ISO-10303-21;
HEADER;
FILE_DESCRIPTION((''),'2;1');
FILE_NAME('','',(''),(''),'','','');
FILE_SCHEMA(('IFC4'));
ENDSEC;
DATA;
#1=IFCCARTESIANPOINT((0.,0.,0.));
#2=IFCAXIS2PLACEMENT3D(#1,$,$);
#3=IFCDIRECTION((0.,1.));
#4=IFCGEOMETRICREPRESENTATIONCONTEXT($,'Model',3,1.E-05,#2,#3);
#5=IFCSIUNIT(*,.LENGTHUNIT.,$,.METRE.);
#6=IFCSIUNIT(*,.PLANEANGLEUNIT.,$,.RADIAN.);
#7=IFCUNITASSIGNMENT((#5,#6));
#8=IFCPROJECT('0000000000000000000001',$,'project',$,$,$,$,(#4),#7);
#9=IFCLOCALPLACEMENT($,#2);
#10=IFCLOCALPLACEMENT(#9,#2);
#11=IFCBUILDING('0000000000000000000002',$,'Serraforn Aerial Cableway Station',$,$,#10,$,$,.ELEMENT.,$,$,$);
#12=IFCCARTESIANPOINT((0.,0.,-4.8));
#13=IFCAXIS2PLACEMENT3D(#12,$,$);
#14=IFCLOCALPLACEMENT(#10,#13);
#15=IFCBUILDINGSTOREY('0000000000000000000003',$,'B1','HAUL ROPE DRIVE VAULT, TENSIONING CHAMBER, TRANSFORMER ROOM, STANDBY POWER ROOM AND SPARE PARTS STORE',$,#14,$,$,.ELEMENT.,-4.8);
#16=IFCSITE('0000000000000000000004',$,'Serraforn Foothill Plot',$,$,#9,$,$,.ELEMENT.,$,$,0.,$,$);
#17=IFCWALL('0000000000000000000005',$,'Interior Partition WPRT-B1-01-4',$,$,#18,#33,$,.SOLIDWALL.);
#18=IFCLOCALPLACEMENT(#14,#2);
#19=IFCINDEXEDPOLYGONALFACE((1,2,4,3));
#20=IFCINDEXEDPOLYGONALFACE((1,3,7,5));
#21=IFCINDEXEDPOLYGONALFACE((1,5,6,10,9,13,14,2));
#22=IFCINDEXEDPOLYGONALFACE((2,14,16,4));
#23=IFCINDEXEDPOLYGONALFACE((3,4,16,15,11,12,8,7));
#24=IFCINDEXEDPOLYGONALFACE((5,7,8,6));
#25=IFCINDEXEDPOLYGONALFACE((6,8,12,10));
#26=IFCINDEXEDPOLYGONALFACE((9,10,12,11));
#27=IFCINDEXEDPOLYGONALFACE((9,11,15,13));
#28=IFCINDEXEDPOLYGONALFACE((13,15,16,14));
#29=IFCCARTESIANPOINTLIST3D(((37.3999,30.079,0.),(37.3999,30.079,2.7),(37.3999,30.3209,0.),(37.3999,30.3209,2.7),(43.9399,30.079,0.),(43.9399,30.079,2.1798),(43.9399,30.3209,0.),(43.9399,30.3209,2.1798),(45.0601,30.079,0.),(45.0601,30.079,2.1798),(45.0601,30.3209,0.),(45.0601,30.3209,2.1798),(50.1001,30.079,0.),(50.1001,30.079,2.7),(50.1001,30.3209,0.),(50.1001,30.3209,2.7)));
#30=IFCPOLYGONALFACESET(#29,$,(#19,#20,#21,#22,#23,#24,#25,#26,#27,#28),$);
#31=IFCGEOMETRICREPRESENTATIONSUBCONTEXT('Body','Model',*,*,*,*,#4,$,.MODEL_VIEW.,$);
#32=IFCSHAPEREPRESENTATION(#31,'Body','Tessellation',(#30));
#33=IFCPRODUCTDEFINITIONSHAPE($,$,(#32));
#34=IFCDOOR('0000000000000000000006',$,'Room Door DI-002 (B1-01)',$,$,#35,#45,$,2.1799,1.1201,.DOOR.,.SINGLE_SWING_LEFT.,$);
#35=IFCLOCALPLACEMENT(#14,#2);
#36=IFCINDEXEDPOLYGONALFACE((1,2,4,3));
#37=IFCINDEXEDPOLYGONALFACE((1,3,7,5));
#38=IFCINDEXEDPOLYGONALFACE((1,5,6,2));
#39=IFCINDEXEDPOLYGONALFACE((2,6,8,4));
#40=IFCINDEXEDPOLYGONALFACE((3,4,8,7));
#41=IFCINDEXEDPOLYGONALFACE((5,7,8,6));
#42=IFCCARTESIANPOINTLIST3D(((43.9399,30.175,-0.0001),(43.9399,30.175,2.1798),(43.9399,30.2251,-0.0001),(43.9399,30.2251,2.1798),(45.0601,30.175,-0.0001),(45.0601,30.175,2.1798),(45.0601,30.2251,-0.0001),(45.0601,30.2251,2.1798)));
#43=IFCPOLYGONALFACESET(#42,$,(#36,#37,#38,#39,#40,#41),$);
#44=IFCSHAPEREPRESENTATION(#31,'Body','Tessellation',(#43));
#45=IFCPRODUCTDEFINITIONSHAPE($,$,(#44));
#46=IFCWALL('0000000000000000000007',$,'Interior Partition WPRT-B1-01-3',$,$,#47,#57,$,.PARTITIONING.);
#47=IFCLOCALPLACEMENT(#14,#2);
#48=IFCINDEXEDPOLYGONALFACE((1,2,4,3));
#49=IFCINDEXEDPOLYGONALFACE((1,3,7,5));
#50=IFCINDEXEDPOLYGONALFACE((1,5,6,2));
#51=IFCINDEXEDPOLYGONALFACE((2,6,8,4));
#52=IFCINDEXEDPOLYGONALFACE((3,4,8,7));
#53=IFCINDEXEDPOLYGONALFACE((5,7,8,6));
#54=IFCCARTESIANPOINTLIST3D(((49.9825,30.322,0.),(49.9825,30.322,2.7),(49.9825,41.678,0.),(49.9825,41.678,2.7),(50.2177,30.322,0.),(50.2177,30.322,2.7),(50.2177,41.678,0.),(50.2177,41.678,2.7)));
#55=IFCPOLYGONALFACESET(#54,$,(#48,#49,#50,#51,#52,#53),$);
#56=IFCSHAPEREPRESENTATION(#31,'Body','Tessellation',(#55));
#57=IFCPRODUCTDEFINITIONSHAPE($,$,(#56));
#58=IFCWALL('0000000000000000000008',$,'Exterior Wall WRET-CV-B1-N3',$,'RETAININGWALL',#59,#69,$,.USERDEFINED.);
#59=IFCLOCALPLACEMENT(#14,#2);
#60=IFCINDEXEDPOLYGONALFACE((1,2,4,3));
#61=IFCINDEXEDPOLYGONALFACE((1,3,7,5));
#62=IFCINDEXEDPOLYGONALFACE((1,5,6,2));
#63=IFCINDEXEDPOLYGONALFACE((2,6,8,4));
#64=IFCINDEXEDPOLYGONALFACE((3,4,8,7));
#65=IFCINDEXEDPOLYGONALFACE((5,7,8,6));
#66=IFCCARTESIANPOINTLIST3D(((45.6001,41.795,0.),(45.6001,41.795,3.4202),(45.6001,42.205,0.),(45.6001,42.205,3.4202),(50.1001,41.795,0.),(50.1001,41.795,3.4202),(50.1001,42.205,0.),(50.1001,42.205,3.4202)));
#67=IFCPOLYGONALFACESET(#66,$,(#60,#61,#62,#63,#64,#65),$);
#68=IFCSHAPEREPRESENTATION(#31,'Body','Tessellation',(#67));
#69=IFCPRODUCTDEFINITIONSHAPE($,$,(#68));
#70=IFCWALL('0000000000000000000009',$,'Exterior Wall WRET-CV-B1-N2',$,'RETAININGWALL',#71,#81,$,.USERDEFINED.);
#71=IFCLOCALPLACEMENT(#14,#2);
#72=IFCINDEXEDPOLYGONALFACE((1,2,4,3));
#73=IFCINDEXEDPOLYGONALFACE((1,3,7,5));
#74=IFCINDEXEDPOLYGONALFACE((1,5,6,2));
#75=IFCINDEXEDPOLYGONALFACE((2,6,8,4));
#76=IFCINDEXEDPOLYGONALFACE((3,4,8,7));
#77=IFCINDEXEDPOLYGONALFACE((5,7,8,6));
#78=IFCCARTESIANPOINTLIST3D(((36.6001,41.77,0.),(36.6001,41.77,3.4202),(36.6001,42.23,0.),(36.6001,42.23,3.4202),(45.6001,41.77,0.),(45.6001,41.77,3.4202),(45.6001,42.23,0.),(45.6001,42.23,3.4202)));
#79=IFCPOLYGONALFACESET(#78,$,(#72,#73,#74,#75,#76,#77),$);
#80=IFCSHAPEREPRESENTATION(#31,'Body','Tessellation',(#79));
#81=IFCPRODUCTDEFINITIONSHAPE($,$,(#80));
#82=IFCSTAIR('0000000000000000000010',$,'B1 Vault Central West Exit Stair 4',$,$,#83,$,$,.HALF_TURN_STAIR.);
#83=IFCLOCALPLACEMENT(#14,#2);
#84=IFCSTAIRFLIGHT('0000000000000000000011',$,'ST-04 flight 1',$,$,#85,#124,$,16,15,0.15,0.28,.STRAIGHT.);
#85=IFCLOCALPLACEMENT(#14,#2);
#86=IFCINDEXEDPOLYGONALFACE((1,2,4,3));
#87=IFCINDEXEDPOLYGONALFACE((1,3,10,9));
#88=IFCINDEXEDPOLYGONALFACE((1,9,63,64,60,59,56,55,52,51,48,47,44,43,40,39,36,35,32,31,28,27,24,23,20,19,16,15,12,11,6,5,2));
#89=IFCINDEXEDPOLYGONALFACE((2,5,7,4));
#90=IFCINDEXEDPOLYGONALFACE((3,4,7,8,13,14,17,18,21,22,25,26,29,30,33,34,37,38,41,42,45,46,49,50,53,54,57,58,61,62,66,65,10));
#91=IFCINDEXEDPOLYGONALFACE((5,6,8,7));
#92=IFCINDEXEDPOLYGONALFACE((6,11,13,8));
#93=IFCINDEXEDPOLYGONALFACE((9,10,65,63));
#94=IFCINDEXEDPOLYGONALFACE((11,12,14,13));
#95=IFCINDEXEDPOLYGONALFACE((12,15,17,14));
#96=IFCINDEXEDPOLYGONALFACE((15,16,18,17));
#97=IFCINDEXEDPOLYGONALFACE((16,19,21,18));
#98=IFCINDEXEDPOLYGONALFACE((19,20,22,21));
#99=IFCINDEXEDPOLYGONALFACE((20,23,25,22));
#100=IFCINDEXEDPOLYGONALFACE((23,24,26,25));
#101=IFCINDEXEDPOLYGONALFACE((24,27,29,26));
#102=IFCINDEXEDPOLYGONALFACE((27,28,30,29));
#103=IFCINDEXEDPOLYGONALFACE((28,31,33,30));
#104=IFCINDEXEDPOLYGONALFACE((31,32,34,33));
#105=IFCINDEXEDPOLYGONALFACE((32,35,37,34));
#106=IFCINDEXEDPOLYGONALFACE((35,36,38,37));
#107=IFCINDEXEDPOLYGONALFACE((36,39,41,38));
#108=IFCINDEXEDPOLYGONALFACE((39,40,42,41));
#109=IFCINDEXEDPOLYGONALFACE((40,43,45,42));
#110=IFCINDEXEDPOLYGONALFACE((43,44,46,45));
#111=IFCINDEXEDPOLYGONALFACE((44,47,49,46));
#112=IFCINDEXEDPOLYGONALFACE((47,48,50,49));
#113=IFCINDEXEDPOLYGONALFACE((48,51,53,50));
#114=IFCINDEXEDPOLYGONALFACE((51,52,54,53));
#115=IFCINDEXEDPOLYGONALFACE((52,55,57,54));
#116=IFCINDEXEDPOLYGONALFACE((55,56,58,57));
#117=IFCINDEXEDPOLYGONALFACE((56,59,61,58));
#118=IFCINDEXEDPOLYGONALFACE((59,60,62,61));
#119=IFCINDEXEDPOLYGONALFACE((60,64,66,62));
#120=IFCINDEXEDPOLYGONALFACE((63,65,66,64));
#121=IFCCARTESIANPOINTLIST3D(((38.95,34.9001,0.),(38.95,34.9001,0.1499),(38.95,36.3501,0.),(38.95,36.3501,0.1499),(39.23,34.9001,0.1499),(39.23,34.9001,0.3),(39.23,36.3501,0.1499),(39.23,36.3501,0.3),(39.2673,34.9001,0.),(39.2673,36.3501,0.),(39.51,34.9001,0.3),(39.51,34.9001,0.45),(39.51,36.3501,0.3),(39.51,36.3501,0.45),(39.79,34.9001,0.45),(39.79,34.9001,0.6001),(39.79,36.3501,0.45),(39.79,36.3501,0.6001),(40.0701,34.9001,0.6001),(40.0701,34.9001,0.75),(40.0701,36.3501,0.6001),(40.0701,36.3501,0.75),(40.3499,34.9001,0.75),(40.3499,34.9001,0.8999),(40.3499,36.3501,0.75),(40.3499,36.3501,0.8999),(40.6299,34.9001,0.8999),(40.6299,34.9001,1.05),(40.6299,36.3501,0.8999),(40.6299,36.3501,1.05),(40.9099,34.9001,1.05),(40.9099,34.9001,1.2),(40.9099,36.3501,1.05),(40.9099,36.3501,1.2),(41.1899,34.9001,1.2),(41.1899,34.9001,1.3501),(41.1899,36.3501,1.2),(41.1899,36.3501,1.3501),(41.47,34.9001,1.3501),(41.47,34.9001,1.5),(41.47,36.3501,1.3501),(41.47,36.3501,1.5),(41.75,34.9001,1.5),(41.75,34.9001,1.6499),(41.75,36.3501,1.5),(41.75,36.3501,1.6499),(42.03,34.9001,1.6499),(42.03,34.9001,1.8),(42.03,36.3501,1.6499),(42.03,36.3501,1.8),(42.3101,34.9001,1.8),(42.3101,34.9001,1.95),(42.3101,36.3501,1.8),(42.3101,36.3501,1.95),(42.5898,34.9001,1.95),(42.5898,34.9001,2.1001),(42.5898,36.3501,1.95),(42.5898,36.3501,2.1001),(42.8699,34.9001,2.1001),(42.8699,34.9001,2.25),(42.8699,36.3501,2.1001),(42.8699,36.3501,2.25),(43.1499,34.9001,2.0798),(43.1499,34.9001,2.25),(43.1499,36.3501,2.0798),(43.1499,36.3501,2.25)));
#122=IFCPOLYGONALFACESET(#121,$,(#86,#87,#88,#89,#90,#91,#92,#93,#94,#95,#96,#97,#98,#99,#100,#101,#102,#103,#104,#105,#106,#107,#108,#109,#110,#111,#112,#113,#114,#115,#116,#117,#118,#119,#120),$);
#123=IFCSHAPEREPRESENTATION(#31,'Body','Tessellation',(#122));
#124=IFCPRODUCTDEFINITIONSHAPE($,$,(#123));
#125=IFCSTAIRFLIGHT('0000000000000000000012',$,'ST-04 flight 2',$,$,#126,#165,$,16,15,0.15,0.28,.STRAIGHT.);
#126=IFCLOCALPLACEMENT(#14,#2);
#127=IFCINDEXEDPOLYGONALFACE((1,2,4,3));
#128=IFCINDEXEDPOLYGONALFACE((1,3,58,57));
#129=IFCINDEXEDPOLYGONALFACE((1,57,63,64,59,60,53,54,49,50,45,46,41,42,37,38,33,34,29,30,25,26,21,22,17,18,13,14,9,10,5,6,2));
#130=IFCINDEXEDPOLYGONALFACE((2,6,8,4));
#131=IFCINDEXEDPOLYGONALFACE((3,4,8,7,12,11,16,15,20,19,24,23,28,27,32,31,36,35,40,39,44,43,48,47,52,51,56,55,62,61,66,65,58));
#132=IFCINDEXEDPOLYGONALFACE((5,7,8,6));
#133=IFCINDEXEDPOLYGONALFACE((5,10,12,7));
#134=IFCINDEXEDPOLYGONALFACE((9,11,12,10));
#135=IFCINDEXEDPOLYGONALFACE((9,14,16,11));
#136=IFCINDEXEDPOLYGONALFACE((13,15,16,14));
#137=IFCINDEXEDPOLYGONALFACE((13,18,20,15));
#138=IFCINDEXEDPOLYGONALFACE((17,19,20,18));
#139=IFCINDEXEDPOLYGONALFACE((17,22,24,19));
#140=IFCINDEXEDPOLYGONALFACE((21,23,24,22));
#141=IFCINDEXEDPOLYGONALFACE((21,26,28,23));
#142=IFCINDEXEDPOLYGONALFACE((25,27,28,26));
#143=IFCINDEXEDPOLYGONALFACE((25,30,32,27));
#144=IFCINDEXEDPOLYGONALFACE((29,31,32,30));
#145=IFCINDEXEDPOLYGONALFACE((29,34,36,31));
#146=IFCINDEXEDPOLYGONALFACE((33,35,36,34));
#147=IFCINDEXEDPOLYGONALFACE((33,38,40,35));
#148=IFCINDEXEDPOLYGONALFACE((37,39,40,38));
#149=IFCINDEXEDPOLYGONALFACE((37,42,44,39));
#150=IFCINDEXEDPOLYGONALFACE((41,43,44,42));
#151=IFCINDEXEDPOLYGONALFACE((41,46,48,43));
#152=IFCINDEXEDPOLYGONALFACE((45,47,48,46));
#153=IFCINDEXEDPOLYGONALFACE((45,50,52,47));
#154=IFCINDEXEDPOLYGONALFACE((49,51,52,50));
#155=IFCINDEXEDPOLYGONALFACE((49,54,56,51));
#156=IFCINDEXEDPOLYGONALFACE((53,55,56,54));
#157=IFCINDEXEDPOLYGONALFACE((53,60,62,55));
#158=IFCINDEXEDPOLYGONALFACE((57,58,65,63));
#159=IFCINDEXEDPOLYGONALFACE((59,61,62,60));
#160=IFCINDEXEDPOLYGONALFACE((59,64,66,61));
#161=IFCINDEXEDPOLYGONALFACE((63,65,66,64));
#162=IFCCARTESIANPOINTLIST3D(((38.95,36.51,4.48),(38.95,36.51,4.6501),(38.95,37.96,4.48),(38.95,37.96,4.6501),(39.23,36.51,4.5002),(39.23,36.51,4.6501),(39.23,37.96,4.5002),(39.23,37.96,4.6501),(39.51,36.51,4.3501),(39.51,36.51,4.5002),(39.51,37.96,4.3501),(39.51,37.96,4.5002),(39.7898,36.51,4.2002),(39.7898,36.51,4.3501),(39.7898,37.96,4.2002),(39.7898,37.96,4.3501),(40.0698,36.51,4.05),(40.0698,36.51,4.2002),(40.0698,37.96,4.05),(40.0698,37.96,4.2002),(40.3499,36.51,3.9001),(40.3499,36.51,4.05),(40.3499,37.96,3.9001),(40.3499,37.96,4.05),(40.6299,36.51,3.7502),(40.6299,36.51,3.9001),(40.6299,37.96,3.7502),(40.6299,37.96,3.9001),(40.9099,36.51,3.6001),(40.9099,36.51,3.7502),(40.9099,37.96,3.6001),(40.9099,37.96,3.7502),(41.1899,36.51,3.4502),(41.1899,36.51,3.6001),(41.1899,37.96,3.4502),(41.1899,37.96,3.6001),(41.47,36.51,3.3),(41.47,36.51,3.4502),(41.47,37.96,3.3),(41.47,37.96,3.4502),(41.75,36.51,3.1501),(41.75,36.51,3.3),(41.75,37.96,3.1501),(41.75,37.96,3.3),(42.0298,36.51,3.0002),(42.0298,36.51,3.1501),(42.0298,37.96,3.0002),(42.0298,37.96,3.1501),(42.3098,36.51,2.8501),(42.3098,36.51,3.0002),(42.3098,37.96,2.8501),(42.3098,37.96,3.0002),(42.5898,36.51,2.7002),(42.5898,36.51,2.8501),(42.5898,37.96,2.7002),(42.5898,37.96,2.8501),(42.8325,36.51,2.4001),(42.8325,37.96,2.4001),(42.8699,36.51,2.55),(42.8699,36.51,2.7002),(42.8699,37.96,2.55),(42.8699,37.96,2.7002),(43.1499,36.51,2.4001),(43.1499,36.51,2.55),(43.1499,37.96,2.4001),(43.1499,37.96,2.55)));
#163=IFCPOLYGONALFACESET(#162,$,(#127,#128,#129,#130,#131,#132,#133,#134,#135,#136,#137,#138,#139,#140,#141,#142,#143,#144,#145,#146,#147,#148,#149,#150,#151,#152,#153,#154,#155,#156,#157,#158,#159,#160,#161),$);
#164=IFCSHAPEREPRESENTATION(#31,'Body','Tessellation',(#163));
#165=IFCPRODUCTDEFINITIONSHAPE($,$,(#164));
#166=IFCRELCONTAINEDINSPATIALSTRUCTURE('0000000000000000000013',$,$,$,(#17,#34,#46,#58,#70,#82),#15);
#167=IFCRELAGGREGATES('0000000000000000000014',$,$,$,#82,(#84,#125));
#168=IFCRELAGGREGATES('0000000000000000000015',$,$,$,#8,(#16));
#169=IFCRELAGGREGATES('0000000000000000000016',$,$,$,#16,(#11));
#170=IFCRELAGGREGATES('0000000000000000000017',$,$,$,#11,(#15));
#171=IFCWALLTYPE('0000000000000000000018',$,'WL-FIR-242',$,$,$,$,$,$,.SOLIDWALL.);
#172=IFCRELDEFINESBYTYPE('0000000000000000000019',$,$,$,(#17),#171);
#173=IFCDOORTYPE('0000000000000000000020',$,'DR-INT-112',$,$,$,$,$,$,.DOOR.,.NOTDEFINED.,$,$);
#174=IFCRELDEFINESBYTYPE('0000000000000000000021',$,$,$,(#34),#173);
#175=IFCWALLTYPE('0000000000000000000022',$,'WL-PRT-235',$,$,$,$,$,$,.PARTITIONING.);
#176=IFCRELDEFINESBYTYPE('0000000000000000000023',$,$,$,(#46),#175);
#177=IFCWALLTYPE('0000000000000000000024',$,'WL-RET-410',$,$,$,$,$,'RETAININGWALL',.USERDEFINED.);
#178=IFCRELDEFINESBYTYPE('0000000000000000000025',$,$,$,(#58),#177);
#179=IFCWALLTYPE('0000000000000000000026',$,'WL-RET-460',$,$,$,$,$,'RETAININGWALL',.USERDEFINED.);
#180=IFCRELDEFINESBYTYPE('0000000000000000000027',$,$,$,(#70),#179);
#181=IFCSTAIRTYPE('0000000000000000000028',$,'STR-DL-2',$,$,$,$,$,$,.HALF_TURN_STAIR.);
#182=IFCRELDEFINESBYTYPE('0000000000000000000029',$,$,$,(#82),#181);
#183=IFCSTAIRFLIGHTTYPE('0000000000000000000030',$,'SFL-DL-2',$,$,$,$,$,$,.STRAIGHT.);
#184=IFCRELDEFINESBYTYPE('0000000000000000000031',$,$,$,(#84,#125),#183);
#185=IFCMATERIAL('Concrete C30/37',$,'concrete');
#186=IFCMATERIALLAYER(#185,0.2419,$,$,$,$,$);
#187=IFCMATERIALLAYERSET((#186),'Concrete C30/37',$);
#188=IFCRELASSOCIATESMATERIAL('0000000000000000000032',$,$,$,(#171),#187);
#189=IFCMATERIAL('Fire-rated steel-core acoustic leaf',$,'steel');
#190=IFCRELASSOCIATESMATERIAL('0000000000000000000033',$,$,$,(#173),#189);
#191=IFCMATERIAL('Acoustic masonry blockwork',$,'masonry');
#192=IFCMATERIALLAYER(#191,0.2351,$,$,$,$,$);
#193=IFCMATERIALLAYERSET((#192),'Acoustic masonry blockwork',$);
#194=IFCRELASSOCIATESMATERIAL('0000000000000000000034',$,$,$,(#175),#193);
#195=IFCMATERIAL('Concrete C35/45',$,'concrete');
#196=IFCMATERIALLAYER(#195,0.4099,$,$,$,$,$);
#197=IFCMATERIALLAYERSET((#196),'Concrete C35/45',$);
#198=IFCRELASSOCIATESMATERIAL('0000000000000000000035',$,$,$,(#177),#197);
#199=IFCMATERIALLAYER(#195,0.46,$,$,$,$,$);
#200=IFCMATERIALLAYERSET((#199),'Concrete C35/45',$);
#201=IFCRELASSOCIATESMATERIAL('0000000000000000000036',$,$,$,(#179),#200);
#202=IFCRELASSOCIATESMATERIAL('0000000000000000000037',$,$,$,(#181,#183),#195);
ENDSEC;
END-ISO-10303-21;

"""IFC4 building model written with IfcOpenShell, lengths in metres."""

from ifc_helpers import new_model, si_unit, direction, frame, frame_2d, origin, place, context, subcontext, project, spatial, polyline, rectangle, outline, extrude, material, layer, layer_set, type_object, element, fill, aggregate, save


model = new_model("IFC4")

# Units and contexts
model_context = context("Model", 3, precision=1e-05, world=origin(), true_north=direction((0.0, 1.0)))
body_context = subcontext(model_context, "Body", "Model", "MODEL_VIEW")
ifc_project = project(units=[si_unit("LENGTHUNIT", "METRE"), si_unit("PLANEANGLEUNIT", "RADIAN")], contexts=[model_context])

# Site, building, storey
site_placement = place(None, origin())
site = spatial("IfcSite", under=ifc_project, at=site_placement, Name="Serraforn Foothill Plot", CompositionType="ELEMENT", RefElevation=0.0)
building_placement = place(site_placement, origin())
building = spatial("IfcBuilding", under=site, at=building_placement, Name="Serraforn Aerial Cableway Station", CompositionType="ELEMENT")
storey_placement = place(building_placement, frame((0.0, 0.0, -4.8)))
storey = spatial("IfcBuildingStorey", under=building, at=storey_placement, Name="B1", Description="HAUL ROPE DRIVE VAULT, TENSIONING CHAMBER, TRANSFORMER ROOM, STANDBY POWER ROOM AND SPARE PARTS STORE", CompositionType="ELEMENT", Elevation=-4.8)

# Shared definitions
ifc_material_1 = material(Name="Concrete C35/45", Category="concrete")

# Wall, opening, door
ifc_material_2 = material(Name="Concrete C30/37", Category="concrete")
ifc_layer_1 = layer(ifc_material_2, 0.2419)
ifc_layer_set_1 = layer_set([ifc_layer_1], Name="Concrete C30/37")
wall_type_1 = type_object("IfcWallType", Name="WL-FIR-242", PredefinedType="SOLIDWALL", material=ifc_layer_set_1)
wall_1_placement = place(storey_placement, frame((50.1001, 30.2, 0.0), z_axis=(0.0, 0.0, 1.0), x_axis=(-1.0, 0.0, 0.0)))
wall_1 = element("IfcWall", 1, at=wall_1_placement, inside=storey, type_object=wall_type_1, Name="Interior Partition WPRT-B1-01-4", PredefinedType="SOLIDWALL", context=body_context, shape_type="SweptSolid", body=[
    extrude(rectangle(XDim=12.7002, YDim=0.2419, at=frame_2d((6.3501, 0.0))), origin(), (0.0, 0.0, 1.0), 2.7),
])
opening_placement = place(wall_1_placement, frame((5.04, 0.0, 0.0)))
opening = element("IfcOpeningElement", 2, at=opening_placement, cuts=wall_1, PredefinedType="OPENING", context=body_context, shape_type="SweptSolid", body=[
    extrude(rectangle(XDim=1.1201, YDim=2.1799, at=frame_2d((0.5601, 1.0898))), frame((0.0, 0.1309, 0.0), z_axis=(0.0, -1.0, 0.0), x_axis=(1.0, 0.0, 0.0)), (0.0, 0.0, 1.0), 0.262),
])
ifc_material_3 = material(Name="Fire-rated steel-core acoustic leaf", Category="steel")
door_type = type_object("IfcDoorType", Name="DR-INT-112", OperationType="NOTDEFINED", PredefinedType="DOOR", material=ifc_material_3)
door_placement = place(opening_placement, origin())
door = element("IfcDoor", 3, at=door_placement, inside=storey, type_object=door_type, Name="Room Door DI-002 (B1-01)", OperationType="SINGLE_SWING_LEFT", OverallHeight=2.1799, OverallWidth=1.1201, PredefinedType="DOOR", context=body_context, shape_type="SweptSolid", body=[
    extrude(rectangle(XDim=1.1201, YDim=2.1799, at=frame_2d((0.5601, 1.0898))), frame((0.0, 0.0249, 0.0), z_axis=(0.0, -1.0, 0.0), x_axis=(1.0, 0.0, 0.0)), (0.0, 0.0, 1.0), 0.05),
])
fill(opening, door)

# Walls
ifc_material_4 = material(Name="Acoustic masonry blockwork", Category="masonry")
ifc_layer_2 = layer(ifc_material_4, 0.2351)
ifc_layer_set_2 = layer_set([ifc_layer_2], Name="Acoustic masonry blockwork")
wall_type_2 = type_object("IfcWallType", Name="WL-PRT-235", PredefinedType="PARTITIONING", material=ifc_layer_set_2)
wall_2_placement = place(storey_placement, frame((50.1001, 41.678, 0.0), z_axis=(0.0, 0.0, 1.0), x_axis=(0.0, -1.0, 0.0)))
element("IfcWall", 4, at=wall_2_placement, inside=storey, type_object=wall_type_2, Name="Interior Partition WPRT-B1-01-3", PredefinedType="PARTITIONING", context=body_context, shape_type="SweptSolid", body=[
    extrude(rectangle(XDim=11.356, YDim=0.2351, at=frame_2d((5.678, 0.0))), origin(), (0.0, 0.0, 1.0), 2.7),
])
ifc_layer_3 = layer(ifc_material_1, 0.4099)
ifc_layer_set_3 = layer_set([ifc_layer_3], Name="Concrete C35/45")
wall_type_3 = type_object("IfcWallType", Name="WL-RET-410", ElementType="RETAININGWALL", PredefinedType="USERDEFINED", material=ifc_layer_set_3)
wall_3_placement = place(storey_placement, frame((50.1001, 42.0, 0.0), z_axis=(0.0, 0.0, 1.0), x_axis=(-1.0, 0.0, 0.0)))
element("IfcWall", 5, at=wall_3_placement, inside=storey, type_object=wall_type_3, Name="Exterior Wall WRET-CV-B1-N3", ObjectType="RETAININGWALL", PredefinedType="USERDEFINED", context=body_context, shape_type="SweptSolid", body=[
    extrude(rectangle(XDim=4.5, YDim=0.4099, at=frame_2d((2.25, 0.0))), origin(), (0.0, 0.0, 1.0), 3.4202),
])
ifc_layer_4 = layer(ifc_material_1, 0.46)
ifc_layer_set_4 = layer_set([ifc_layer_4], Name="Concrete C35/45")
wall_type_4 = type_object("IfcWallType", Name="WL-RET-460", ElementType="RETAININGWALL", PredefinedType="USERDEFINED", material=ifc_layer_set_4)
wall_4_placement = place(storey_placement, frame((45.6001, 42.0, 0.0), z_axis=(0.0, 0.0, 1.0), x_axis=(-1.0, 0.0, 0.0)))
element("IfcWall", 6, at=wall_4_placement, inside=storey, type_object=wall_type_4, Name="Exterior Wall WRET-CV-B1-N2", ObjectType="RETAININGWALL", PredefinedType="USERDEFINED", context=body_context, shape_type="SweptSolid", body=[
    extrude(rectangle(XDim=9.0, YDim=0.46, at=frame_2d((4.5, 0.0))), origin(), (0.0, 0.0, 1.0), 3.4202),
])

# Stair, stair flights
stair_type = type_object("IfcStairType", Name="STR-DL-2", PredefinedType="HALF_TURN_STAIR", material=ifc_material_1)
stair_placement = place(storey_placement, origin())
stair = element("IfcStair", 7, at=stair_placement, inside=storey, type_object=stair_type, Name="B1 Vault Central West Exit Stair 4", PredefinedType="HALF_TURN_STAIR")
stair_flight_type = type_object("IfcStairFlightType", Name="SFL-DL-2", PredefinedType="STRAIGHT", material=ifc_material_1)
stair_flight_1_placement = place(storey_placement, frame((38.95, 35.625, 0.0), z_axis=(0.0, 0.0, 1.0), x_axis=(1.0, 0.0, 0.0)))
stair_flight_1 = element("IfcStairFlight", 8, at=stair_flight_1_placement, type_object=stair_flight_type, Name="ST-04 flight 1", NumberOfRisers=16, NumberOfTreads=15, PredefinedType="STRAIGHT", RiserHeight=0.15, TreadLength=0.28, context=body_context, shape_type="SweptSolid", body=[
    extrude(outline(polyline([(0.0, 0.0), (0.0, 0.1499), (0.28, 0.1499), (0.28, 0.3), (0.5601, 0.3), (0.5601, 0.45), (0.8401, 0.45), (0.8401, 0.6001), (1.1201, 0.6001), (1.1201, 0.75), (1.3999, 0.75), (1.3999, 0.8999), (1.6799, 0.8999), (1.6799, 1.05), (1.96, 1.05), (1.96, 1.2), (2.24, 1.2), (2.24, 1.3501), (2.52, 1.3501), (2.52, 1.5), (2.8, 1.5), (2.8, 1.6499), (3.0801, 1.6499), (3.0801, 1.8), (3.3601, 1.8), (3.3601, 1.95), (3.6399, 1.95), (3.6399, 2.1001), (3.9199, 2.1001), (3.9199, 2.25), (4.2, 2.25), (4.2, 2.3999), (4.2, 2.0798), (0.3174, 0.0), (0.0, 0.0)])), frame((0.0, 0.7251, 0.0), z_axis=(0.0, -1.0, 0.0), x_axis=(1.0, 0.0, 0.0)), (0.0, 0.0, 1.0), 1.45),
])
stair_flight_2_placement = place(storey_placement, frame((43.1499, 37.2351, 2.4001), z_axis=(0.0, 0.0, 1.0), x_axis=(-1.0, 0.0, 0.0)))
stair_flight_2 = element("IfcStairFlight", 9, at=stair_flight_2_placement, type_object=stair_flight_type, Name="ST-04 flight 2", NumberOfRisers=16, NumberOfTreads=15, PredefinedType="STRAIGHT", RiserHeight=0.15, TreadLength=0.28, context=body_context, shape_type="SweptSolid", body=[
    extrude(outline(polyline([(0.0, 0.0), (0.0, 0.1499), (0.28, 0.1499), (0.28, 0.3), (0.5601, 0.3), (0.5601, 0.45), (0.8401, 0.45), (0.8401, 0.6001), (1.1201, 0.6001), (1.1201, 0.75), (1.3999, 0.75), (1.3999, 0.8999), (1.6799, 0.8999), (1.6799, 1.05), (1.96, 1.05), (1.96, 1.2), (2.24, 1.2), (2.24, 1.3501), (2.52, 1.3501), (2.52, 1.5), (2.8, 1.5), (2.8, 1.6499), (3.0801, 1.6499), (3.0801, 1.8), (3.3601, 1.8), (3.3601, 1.95), (3.6399, 1.95), (3.6399, 2.1001), (3.9199, 2.1001), (3.9199, 2.25), (4.2, 2.25), (4.2, 2.3999), (4.2, 2.0798), (0.3174, 0.0), (0.0, 0.0)])), frame((0.0, 0.7251, 0.0), z_axis=(0.0, -1.0, 0.0), x_axis=(1.0, 0.0, 0.0)), (0.0, 0.0, 1.0), 1.45),
])
aggregate(stair, [stair_flight_1, stair_flight_2])

save(model, "model.ifc")
